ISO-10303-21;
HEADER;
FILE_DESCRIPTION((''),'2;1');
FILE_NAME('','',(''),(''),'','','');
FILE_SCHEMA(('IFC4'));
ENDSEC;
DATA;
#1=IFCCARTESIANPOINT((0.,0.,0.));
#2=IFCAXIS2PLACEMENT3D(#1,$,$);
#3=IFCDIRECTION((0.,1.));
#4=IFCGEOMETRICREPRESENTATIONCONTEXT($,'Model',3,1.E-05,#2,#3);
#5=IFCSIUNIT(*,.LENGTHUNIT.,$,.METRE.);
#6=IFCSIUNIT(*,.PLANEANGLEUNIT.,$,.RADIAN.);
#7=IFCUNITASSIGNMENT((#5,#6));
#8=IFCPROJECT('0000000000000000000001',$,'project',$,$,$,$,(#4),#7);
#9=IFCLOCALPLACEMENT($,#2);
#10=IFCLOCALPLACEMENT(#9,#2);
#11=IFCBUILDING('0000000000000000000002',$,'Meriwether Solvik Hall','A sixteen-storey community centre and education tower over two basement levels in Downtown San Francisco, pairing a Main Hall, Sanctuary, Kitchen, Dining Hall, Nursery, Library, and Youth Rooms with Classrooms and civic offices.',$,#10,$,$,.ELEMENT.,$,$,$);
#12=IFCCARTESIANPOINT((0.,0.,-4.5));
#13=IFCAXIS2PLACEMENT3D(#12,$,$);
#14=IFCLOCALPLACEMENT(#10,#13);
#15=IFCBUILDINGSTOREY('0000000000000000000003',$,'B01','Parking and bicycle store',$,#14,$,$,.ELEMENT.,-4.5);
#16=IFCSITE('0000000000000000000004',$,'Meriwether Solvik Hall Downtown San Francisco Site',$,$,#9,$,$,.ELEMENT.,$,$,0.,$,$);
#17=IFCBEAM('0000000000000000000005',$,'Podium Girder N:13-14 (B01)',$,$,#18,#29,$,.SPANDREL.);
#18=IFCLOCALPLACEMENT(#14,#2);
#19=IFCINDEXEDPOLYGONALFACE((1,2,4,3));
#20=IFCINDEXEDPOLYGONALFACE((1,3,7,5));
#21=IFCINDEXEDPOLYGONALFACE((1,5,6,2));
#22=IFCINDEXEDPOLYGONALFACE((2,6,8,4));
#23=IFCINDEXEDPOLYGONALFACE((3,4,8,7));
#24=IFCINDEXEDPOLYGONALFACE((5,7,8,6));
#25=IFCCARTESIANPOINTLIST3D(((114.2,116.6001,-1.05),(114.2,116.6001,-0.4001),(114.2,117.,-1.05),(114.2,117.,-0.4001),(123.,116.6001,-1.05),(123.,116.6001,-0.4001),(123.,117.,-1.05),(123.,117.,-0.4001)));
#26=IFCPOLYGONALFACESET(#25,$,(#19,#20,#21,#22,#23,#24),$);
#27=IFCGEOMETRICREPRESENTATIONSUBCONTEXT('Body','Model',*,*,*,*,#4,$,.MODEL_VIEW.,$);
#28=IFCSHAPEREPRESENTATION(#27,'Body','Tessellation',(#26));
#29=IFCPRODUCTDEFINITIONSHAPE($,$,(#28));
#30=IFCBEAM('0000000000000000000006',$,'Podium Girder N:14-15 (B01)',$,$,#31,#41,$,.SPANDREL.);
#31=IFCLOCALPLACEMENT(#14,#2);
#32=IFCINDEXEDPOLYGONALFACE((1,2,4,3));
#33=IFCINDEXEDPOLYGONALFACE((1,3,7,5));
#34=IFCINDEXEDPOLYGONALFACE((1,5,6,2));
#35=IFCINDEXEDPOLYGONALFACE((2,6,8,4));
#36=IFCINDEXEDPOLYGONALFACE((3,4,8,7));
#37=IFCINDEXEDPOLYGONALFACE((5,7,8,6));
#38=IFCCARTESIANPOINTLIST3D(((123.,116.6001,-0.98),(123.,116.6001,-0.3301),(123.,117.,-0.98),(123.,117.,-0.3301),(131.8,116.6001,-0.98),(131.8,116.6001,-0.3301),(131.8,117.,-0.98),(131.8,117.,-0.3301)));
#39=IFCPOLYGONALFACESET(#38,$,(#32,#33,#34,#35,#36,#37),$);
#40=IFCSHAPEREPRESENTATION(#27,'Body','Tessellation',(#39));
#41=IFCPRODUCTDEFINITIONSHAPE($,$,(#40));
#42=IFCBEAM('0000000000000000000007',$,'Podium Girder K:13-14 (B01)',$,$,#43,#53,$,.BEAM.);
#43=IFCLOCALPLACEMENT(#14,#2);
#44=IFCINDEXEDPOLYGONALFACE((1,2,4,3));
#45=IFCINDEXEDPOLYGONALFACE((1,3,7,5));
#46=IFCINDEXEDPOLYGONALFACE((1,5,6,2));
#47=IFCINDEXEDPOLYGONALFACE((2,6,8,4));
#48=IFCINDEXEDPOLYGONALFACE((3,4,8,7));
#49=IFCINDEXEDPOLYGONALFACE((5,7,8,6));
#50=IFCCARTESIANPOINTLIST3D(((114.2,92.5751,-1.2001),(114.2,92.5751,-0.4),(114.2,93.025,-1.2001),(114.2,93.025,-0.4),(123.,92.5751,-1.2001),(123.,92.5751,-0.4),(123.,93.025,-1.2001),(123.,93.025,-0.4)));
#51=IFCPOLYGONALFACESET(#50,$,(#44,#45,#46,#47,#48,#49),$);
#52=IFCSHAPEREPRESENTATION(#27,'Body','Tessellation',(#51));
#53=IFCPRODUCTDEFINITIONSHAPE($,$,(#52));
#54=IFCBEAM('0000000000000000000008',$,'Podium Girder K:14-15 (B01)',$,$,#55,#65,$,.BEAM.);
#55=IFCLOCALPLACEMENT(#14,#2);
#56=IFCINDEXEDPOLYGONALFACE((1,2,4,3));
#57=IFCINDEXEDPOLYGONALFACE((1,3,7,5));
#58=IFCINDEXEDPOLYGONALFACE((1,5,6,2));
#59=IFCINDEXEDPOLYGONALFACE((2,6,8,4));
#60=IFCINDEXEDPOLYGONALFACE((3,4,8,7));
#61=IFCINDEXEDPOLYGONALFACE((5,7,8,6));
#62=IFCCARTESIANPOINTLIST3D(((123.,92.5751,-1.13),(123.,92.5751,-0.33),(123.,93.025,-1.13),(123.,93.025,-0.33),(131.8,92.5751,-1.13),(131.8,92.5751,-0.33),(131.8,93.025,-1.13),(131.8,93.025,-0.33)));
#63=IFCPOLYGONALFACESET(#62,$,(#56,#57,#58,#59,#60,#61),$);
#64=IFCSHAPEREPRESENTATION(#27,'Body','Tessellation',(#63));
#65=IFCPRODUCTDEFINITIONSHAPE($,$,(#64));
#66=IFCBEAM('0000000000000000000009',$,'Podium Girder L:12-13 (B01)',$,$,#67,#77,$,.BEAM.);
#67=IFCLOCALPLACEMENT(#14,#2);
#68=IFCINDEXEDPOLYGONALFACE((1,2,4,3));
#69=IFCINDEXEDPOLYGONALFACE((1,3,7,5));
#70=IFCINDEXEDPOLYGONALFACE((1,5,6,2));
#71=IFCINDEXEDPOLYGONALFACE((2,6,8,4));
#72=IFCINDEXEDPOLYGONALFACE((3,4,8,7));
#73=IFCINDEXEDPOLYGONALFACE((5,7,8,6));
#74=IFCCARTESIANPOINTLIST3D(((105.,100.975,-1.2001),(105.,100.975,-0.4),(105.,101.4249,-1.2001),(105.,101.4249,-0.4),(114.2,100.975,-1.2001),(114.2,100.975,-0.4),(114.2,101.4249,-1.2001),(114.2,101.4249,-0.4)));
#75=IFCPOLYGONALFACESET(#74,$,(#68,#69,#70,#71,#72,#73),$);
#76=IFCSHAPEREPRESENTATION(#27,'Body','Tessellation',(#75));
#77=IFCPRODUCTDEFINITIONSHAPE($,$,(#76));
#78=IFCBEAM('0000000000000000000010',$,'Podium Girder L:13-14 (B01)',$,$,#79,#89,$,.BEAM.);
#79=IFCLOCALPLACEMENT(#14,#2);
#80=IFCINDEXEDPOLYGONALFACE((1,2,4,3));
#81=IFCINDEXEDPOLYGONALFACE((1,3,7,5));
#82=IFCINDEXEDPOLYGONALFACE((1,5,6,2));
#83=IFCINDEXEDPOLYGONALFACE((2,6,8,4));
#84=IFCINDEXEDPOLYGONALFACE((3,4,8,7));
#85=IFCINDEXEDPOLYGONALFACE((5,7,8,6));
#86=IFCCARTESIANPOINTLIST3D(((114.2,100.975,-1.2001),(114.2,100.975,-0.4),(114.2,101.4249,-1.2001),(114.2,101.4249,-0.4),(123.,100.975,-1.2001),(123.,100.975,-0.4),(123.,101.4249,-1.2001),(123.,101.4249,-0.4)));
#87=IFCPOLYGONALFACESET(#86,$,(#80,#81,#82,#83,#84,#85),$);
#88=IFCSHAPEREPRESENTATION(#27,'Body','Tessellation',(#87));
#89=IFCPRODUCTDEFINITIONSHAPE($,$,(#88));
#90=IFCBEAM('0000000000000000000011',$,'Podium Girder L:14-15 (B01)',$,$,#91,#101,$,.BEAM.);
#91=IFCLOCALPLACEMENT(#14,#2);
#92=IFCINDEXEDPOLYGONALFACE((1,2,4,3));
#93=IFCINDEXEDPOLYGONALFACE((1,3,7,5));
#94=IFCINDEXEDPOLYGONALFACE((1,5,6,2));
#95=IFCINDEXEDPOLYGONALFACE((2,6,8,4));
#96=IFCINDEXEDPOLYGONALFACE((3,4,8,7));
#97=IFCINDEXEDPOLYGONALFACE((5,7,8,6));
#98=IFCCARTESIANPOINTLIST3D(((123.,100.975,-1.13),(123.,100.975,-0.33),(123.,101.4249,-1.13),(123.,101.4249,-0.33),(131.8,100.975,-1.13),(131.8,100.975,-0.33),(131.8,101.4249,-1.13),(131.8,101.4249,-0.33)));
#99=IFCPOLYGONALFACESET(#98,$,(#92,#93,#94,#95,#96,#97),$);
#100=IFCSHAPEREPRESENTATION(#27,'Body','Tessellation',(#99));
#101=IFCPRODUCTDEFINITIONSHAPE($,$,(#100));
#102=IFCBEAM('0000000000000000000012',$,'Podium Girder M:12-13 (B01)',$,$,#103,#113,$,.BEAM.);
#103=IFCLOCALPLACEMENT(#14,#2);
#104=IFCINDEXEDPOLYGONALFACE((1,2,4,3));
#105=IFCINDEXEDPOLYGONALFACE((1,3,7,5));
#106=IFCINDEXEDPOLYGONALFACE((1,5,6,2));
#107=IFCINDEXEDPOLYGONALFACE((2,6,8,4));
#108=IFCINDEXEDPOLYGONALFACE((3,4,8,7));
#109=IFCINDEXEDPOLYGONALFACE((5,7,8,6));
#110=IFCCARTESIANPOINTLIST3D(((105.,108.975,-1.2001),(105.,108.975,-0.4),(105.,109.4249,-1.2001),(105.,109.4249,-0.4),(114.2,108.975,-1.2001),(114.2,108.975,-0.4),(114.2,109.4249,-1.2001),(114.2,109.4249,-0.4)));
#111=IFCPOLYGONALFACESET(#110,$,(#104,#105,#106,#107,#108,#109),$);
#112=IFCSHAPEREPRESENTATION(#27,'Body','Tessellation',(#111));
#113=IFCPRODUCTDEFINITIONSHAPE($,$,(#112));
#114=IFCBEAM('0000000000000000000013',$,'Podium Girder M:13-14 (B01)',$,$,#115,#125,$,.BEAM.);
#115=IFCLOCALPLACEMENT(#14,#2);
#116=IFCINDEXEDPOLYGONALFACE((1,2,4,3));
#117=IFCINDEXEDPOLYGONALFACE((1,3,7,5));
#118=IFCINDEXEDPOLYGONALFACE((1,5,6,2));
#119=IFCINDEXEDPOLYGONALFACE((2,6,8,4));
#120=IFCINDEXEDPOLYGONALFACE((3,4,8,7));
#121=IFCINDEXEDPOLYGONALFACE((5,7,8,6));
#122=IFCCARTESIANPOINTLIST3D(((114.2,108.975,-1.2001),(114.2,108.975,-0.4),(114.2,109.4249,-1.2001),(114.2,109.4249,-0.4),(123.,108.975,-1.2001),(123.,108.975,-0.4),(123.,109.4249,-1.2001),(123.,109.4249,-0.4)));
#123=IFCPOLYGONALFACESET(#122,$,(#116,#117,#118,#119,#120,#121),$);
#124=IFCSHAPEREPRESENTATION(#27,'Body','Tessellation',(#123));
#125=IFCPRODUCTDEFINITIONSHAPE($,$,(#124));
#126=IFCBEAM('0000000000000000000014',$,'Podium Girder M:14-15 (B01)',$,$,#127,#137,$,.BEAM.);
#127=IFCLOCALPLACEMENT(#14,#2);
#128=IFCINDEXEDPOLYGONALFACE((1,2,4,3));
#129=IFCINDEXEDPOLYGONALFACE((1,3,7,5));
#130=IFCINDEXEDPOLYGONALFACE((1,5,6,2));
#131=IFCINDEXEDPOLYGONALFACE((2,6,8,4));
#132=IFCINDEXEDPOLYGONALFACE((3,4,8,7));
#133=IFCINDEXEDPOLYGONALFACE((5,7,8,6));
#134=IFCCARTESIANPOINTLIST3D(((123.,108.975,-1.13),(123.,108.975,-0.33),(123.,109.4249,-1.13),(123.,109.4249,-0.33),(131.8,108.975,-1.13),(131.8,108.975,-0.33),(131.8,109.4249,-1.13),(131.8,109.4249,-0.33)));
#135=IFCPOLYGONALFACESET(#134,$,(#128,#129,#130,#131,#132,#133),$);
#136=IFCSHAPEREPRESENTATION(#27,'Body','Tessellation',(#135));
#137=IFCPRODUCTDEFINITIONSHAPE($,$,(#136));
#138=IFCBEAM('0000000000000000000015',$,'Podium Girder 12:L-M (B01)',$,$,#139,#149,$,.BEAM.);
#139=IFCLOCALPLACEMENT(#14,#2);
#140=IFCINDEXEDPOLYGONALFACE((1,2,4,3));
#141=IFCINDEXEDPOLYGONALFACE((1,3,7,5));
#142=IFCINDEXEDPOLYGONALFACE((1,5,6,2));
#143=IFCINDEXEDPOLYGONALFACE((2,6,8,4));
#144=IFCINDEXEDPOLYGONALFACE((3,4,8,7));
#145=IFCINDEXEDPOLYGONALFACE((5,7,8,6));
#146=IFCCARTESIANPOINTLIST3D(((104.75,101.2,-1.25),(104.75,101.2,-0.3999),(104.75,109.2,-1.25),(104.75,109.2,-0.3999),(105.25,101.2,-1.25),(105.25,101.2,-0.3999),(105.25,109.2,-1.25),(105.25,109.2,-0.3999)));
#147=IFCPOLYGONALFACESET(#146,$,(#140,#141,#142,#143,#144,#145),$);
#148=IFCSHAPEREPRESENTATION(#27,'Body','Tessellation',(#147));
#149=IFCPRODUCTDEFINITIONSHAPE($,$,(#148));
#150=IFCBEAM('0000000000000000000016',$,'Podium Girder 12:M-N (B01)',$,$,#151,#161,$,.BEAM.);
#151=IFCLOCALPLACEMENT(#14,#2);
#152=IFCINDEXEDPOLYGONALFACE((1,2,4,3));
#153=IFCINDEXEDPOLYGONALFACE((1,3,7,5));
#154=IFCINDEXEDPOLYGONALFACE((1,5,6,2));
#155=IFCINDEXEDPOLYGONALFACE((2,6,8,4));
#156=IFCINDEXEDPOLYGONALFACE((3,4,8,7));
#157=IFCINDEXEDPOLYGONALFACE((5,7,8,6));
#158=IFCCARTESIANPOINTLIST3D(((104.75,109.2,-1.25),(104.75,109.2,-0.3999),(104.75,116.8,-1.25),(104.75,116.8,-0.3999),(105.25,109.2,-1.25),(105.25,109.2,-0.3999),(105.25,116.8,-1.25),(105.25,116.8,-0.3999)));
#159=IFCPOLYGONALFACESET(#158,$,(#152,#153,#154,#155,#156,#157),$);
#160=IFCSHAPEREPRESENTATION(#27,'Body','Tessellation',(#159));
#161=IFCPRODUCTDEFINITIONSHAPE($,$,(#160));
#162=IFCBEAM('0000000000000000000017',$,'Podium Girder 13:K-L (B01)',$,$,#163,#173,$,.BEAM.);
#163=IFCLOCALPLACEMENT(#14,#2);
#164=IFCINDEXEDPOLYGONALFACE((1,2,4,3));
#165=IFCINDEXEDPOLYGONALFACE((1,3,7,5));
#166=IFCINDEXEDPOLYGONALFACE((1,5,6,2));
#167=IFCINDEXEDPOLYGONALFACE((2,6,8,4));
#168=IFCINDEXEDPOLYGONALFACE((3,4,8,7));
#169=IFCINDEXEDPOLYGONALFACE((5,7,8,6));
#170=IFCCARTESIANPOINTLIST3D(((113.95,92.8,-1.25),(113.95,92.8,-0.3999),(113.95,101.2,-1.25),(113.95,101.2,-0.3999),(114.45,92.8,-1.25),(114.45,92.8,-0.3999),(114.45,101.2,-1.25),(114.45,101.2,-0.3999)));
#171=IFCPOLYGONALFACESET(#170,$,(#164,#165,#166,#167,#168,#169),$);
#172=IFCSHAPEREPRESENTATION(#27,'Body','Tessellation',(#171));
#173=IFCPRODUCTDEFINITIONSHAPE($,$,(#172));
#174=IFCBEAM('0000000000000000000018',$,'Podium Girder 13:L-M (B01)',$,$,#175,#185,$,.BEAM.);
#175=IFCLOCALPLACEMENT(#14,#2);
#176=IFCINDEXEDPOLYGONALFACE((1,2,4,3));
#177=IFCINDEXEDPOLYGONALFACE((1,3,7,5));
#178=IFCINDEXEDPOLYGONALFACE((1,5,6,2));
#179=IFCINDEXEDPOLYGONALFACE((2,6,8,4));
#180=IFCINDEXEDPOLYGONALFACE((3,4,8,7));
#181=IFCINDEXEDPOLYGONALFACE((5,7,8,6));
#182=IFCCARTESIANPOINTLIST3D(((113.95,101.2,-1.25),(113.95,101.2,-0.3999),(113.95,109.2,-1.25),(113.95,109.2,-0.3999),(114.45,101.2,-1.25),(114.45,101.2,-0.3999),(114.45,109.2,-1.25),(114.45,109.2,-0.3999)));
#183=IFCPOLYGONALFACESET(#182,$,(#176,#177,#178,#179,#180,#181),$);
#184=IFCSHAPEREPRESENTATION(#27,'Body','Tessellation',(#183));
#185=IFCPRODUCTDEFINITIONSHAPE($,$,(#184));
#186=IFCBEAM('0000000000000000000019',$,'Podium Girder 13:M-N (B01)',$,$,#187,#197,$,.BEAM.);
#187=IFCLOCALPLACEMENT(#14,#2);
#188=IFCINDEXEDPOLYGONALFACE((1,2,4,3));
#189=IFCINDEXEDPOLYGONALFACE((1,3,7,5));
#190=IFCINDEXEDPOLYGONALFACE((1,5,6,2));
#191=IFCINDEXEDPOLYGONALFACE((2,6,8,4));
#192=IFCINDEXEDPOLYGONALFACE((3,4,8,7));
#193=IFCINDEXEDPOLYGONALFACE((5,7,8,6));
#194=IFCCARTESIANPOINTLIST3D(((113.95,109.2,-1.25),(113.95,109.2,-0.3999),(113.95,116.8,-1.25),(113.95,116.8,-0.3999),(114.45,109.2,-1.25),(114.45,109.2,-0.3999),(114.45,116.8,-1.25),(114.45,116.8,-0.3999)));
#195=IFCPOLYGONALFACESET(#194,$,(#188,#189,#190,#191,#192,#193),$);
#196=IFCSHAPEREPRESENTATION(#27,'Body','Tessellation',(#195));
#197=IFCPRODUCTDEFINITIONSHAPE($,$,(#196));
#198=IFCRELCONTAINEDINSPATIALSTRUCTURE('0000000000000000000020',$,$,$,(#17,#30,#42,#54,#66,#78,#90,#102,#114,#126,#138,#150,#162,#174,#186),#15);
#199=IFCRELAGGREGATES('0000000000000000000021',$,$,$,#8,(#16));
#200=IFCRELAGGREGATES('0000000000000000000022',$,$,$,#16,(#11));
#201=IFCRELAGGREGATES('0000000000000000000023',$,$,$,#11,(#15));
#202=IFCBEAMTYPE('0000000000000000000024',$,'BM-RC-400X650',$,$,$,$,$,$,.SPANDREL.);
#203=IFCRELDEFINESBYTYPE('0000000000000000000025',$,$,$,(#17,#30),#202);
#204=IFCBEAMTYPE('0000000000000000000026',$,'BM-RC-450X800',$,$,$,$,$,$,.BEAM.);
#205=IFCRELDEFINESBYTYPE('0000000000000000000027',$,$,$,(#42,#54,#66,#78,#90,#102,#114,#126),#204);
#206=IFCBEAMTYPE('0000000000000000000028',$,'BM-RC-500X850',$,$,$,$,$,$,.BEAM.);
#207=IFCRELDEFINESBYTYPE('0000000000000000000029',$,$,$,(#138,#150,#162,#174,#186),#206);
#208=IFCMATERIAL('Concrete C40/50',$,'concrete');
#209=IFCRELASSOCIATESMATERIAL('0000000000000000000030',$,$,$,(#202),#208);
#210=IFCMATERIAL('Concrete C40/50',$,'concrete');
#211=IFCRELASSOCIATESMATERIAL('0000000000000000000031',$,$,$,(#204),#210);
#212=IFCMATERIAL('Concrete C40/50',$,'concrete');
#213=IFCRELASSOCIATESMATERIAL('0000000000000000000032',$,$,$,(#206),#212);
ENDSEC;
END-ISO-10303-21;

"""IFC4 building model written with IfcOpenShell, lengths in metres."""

from ifc_helpers import new_model, si_unit, direction, frame, origin, origin_2d, place, context, subcontext, project, spatial, rectangle, extrude, material, material_profile, profile_set, type_object, element, save


model = new_model("IFC4")

# Units and contexts
model_context = context("Model", 3, precision=1e-05, world=origin(), true_north=direction((0.0, 1.0)))
body_context = subcontext(model_context, "Body", "Model", "MODEL_VIEW")
ifc_project = project(units=[si_unit("LENGTHUNIT", "METRE"), si_unit("PLANEANGLEUNIT", "RADIAN")], contexts=[model_context])

# Site, building, storey
site_placement = place(None, origin())
site = spatial("IfcSite", under=ifc_project, at=site_placement, Name="Meriwether Solvik Hall Downtown San Francisco Site", CompositionType="ELEMENT", RefElevation=0.0)
building_placement = place(site_placement, origin())
building = spatial("IfcBuilding", under=site, at=building_placement, Name="Meriwether Solvik Hall", Description="A sixteen-storey community centre and education tower over two basement levels in Downtown San Francisco, pairing a Main Hall, Sanctuary, Kitchen, Dining Hall, Nursery, Library, and Youth Rooms with Classrooms and civic offices.", CompositionType="ELEMENT")
storey_placement = place(building_placement, frame((0.0, 0.0, -4.5)))
storey = spatial("IfcBuildingStorey", under=building, at=storey_placement, Name="B01", Description="Parking and bicycle store", CompositionType="ELEMENT", Elevation=-4.5)

# Beams
ifc_material_1 = material(Name="Concrete C40/50", Category="concrete")
ifc_material_profile_1 = material_profile(ifc_material_1, rectangle(XDim=0.3999, YDim=0.6499, at=origin_2d()), Name="RCB-400X650")
ifc_profile_set_1 = profile_set([ifc_material_profile_1], Name="Concrete C40/50")
beam_type_1 = type_object("IfcBeamType", Name="BM-RC-400X650", PredefinedType="SPANDREL", material=ifc_profile_set_1)
for number, where, z_axis, x_axis, name in (
    (1, (114.2, 116.8, -0.7251), (1.0, 0.0, 0.0), (0.0, 1.0, 0.0), "Podium Girder N:13-14 (B01)"),
    (2, (123.0, 116.8, -0.655), (1.0, 0.0, 0.0), (0.0, 1.0, 0.0), "Podium Girder N:14-15 (B01)"),
):
    element("IfcBeam", number, at=place(storey_placement, frame(where, z_axis=z_axis, x_axis=x_axis)), inside=storey, type_object=beam_type_1, Name=name, PredefinedType="SPANDREL", context=body_context, shape_type="SweptSolid", body=[
        extrude(rectangle(XDim=0.3999, YDim=0.6499, at=origin_2d()), origin(), (0.0, 0.0, 1.0), 8.8),
    ])
ifc_material_2 = material(Name="Concrete C40/50", Category="concrete")
ifc_material_profile_2 = material_profile(ifc_material_2, rectangle(XDim=0.45, YDim=0.8, at=origin_2d()), Name="RCB-450X800")
ifc_profile_set_2 = profile_set([ifc_material_profile_2], Name="Concrete C40/50")
beam_type_2 = type_object("IfcBeamType", Name="BM-RC-450X800", PredefinedType="BEAM", material=ifc_profile_set_2)
for number, where, z_axis, x_axis, name in (
    (3, (114.2, 92.8, -0.8), (1.0, 0.0, 0.0), (0.0, 1.0, 0.0), "Podium Girder K:13-14 (B01)"),
    (4, (123.0, 92.8, -0.73), (1.0, 0.0, 0.0), (0.0, 1.0, 0.0), "Podium Girder K:14-15 (B01)"),
):
    element("IfcBeam", number, at=place(storey_placement, frame(where, z_axis=z_axis, x_axis=x_axis)), inside=storey, type_object=beam_type_2, Name=name, PredefinedType="BEAM", context=body_context, shape_type="SweptSolid", body=[
        extrude(rectangle(XDim=0.45, YDim=0.8, at=origin_2d()), origin(), (0.0, 0.0, 1.0), 8.8),
    ])
beam_1_placement = place(storey_placement, frame((105.0, 101.2, -0.8), z_axis=(1.0, 0.0, 0.0), x_axis=(0.0, 1.0, 0.0)))
element("IfcBeam", 5, at=beam_1_placement, inside=storey, type_object=beam_type_2, Name="Podium Girder L:12-13 (B01)", PredefinedType="BEAM", context=body_context, shape_type="SweptSolid", body=[
    extrude(rectangle(XDim=0.45, YDim=0.8, at=origin_2d()), origin(), (0.0, 0.0, 1.0), 9.2),
])
for number, where, z_axis, x_axis, name in (
    (6, (114.2, 101.2, -0.8), (1.0, 0.0, 0.0), (0.0, 1.0, 0.0), "Podium Girder L:13-14 (B01)"),
    (7, (123.0, 101.2, -0.73), (1.0, 0.0, 0.0), (0.0, 1.0, 0.0), "Podium Girder L:14-15 (B01)"),
):
    element("IfcBeam", number, at=place(storey_placement, frame(where, z_axis=z_axis, x_axis=x_axis)), inside=storey, type_object=beam_type_2, Name=name, PredefinedType="BEAM", context=body_context, shape_type="SweptSolid", body=[
        extrude(rectangle(XDim=0.45, YDim=0.8, at=origin_2d()), origin(), (0.0, 0.0, 1.0), 8.8),
    ])
beam_2_placement = place(storey_placement, frame((105.0, 109.2, -0.8), z_axis=(1.0, 0.0, 0.0), x_axis=(0.0, 1.0, 0.0)))
element("IfcBeam", 8, at=beam_2_placement, inside=storey, type_object=beam_type_2, Name="Podium Girder M:12-13 (B01)", PredefinedType="BEAM", context=body_context, shape_type="SweptSolid", body=[
    extrude(rectangle(XDim=0.45, YDim=0.8, at=origin_2d()), origin(), (0.0, 0.0, 1.0), 9.2),
])
for number, where, z_axis, x_axis, name in (
    (9, (114.2, 109.2, -0.8), (1.0, 0.0, 0.0), (0.0, 1.0, 0.0), "Podium Girder M:13-14 (B01)"),
    (10, (123.0, 109.2, -0.73), (1.0, 0.0, 0.0), (0.0, 1.0, 0.0), "Podium Girder M:14-15 (B01)"),
):
    element("IfcBeam", number, at=place(storey_placement, frame(where, z_axis=z_axis, x_axis=x_axis)), inside=storey, type_object=beam_type_2, Name=name, PredefinedType="BEAM", context=body_context, shape_type="SweptSolid", body=[
        extrude(rectangle(XDim=0.45, YDim=0.8, at=origin_2d()), origin(), (0.0, 0.0, 1.0), 8.8),
    ])
ifc_material_3 = material(Name="Concrete C40/50", Category="concrete")
ifc_material_profile_3 = material_profile(ifc_material_3, rectangle(XDim=0.5, YDim=0.8501, at=origin_2d()), Name="RCB-500X850")
ifc_profile_set_3 = profile_set([ifc_material_profile_3], Name="Concrete C40/50")
beam_type_3 = type_object("IfcBeamType", Name="BM-RC-500X850", PredefinedType="BEAM", material=ifc_profile_set_3)
beam_3_placement = place(storey_placement, frame((105.0, 101.2, -0.825), z_axis=(0.0, 1.0, 0.0), x_axis=(-1.0, 0.0, 0.0)))
element("IfcBeam", 11, at=beam_3_placement, inside=storey, type_object=beam_type_3, Name="Podium Girder 12:L-M (B01)", PredefinedType="BEAM", context=body_context, shape_type="SweptSolid", body=[
    extrude(rectangle(XDim=0.5, YDim=0.8501, at=origin_2d()), origin(), (0.0, 0.0, 1.0), 8.0),
])
beam_4_placement = place(storey_placement, frame((105.0, 109.2, -0.825), z_axis=(0.0, 1.0, 0.0), x_axis=(-1.0, 0.0, 0.0)))
element("IfcBeam", 12, at=beam_4_placement, inside=storey, type_object=beam_type_3, Name="Podium Girder 12:M-N (B01)", PredefinedType="BEAM", context=body_context, shape_type="SweptSolid", body=[
    extrude(rectangle(XDim=0.5, YDim=0.8501, at=origin_2d()), origin(), (0.0, 0.0, 1.0), 7.6001),
])
beam_5_placement = place(storey_placement, frame((114.2, 92.8, -0.825), z_axis=(0.0, 1.0, 0.0), x_axis=(-1.0, 0.0, 0.0)))
element("IfcBeam", 13, at=beam_5_placement, inside=storey, type_object=beam_type_3, Name="Podium Girder 13:K-L (B01)", PredefinedType="BEAM", context=body_context, shape_type="SweptSolid", body=[
    extrude(rectangle(XDim=0.5, YDim=0.8501, at=origin_2d()), origin(), (0.0, 0.0, 1.0), 8.3999),
])
beam_6_placement = place(storey_placement, frame((114.2, 101.2, -0.825), z_axis=(0.0, 1.0, 0.0), x_axis=(-1.0, 0.0, 0.0)))
element("IfcBeam", 14, at=beam_6_placement, inside=storey, type_object=beam_type_3, Name="Podium Girder 13:L-M (B01)", PredefinedType="BEAM", context=body_context, shape_type="SweptSolid", body=[
    extrude(rectangle(XDim=0.5, YDim=0.8501, at=origin_2d()), origin(), (0.0, 0.0, 1.0), 8.0),
])
beam_7_placement = place(storey_placement, frame((114.2, 109.2, -0.825), z_axis=(0.0, 1.0, 0.0), x_axis=(-1.0, 0.0, 0.0)))
element("IfcBeam", 15, at=beam_7_placement, inside=storey, type_object=beam_type_3, Name="Podium Girder 13:M-N (B01)", PredefinedType="BEAM", context=body_context, shape_type="SweptSolid", body=[
    extrude(rectangle(XDim=0.5, YDim=0.8501, at=origin_2d()), origin(), (0.0, 0.0, 1.0), 7.6001),
])

save(model, "model.ifc")
